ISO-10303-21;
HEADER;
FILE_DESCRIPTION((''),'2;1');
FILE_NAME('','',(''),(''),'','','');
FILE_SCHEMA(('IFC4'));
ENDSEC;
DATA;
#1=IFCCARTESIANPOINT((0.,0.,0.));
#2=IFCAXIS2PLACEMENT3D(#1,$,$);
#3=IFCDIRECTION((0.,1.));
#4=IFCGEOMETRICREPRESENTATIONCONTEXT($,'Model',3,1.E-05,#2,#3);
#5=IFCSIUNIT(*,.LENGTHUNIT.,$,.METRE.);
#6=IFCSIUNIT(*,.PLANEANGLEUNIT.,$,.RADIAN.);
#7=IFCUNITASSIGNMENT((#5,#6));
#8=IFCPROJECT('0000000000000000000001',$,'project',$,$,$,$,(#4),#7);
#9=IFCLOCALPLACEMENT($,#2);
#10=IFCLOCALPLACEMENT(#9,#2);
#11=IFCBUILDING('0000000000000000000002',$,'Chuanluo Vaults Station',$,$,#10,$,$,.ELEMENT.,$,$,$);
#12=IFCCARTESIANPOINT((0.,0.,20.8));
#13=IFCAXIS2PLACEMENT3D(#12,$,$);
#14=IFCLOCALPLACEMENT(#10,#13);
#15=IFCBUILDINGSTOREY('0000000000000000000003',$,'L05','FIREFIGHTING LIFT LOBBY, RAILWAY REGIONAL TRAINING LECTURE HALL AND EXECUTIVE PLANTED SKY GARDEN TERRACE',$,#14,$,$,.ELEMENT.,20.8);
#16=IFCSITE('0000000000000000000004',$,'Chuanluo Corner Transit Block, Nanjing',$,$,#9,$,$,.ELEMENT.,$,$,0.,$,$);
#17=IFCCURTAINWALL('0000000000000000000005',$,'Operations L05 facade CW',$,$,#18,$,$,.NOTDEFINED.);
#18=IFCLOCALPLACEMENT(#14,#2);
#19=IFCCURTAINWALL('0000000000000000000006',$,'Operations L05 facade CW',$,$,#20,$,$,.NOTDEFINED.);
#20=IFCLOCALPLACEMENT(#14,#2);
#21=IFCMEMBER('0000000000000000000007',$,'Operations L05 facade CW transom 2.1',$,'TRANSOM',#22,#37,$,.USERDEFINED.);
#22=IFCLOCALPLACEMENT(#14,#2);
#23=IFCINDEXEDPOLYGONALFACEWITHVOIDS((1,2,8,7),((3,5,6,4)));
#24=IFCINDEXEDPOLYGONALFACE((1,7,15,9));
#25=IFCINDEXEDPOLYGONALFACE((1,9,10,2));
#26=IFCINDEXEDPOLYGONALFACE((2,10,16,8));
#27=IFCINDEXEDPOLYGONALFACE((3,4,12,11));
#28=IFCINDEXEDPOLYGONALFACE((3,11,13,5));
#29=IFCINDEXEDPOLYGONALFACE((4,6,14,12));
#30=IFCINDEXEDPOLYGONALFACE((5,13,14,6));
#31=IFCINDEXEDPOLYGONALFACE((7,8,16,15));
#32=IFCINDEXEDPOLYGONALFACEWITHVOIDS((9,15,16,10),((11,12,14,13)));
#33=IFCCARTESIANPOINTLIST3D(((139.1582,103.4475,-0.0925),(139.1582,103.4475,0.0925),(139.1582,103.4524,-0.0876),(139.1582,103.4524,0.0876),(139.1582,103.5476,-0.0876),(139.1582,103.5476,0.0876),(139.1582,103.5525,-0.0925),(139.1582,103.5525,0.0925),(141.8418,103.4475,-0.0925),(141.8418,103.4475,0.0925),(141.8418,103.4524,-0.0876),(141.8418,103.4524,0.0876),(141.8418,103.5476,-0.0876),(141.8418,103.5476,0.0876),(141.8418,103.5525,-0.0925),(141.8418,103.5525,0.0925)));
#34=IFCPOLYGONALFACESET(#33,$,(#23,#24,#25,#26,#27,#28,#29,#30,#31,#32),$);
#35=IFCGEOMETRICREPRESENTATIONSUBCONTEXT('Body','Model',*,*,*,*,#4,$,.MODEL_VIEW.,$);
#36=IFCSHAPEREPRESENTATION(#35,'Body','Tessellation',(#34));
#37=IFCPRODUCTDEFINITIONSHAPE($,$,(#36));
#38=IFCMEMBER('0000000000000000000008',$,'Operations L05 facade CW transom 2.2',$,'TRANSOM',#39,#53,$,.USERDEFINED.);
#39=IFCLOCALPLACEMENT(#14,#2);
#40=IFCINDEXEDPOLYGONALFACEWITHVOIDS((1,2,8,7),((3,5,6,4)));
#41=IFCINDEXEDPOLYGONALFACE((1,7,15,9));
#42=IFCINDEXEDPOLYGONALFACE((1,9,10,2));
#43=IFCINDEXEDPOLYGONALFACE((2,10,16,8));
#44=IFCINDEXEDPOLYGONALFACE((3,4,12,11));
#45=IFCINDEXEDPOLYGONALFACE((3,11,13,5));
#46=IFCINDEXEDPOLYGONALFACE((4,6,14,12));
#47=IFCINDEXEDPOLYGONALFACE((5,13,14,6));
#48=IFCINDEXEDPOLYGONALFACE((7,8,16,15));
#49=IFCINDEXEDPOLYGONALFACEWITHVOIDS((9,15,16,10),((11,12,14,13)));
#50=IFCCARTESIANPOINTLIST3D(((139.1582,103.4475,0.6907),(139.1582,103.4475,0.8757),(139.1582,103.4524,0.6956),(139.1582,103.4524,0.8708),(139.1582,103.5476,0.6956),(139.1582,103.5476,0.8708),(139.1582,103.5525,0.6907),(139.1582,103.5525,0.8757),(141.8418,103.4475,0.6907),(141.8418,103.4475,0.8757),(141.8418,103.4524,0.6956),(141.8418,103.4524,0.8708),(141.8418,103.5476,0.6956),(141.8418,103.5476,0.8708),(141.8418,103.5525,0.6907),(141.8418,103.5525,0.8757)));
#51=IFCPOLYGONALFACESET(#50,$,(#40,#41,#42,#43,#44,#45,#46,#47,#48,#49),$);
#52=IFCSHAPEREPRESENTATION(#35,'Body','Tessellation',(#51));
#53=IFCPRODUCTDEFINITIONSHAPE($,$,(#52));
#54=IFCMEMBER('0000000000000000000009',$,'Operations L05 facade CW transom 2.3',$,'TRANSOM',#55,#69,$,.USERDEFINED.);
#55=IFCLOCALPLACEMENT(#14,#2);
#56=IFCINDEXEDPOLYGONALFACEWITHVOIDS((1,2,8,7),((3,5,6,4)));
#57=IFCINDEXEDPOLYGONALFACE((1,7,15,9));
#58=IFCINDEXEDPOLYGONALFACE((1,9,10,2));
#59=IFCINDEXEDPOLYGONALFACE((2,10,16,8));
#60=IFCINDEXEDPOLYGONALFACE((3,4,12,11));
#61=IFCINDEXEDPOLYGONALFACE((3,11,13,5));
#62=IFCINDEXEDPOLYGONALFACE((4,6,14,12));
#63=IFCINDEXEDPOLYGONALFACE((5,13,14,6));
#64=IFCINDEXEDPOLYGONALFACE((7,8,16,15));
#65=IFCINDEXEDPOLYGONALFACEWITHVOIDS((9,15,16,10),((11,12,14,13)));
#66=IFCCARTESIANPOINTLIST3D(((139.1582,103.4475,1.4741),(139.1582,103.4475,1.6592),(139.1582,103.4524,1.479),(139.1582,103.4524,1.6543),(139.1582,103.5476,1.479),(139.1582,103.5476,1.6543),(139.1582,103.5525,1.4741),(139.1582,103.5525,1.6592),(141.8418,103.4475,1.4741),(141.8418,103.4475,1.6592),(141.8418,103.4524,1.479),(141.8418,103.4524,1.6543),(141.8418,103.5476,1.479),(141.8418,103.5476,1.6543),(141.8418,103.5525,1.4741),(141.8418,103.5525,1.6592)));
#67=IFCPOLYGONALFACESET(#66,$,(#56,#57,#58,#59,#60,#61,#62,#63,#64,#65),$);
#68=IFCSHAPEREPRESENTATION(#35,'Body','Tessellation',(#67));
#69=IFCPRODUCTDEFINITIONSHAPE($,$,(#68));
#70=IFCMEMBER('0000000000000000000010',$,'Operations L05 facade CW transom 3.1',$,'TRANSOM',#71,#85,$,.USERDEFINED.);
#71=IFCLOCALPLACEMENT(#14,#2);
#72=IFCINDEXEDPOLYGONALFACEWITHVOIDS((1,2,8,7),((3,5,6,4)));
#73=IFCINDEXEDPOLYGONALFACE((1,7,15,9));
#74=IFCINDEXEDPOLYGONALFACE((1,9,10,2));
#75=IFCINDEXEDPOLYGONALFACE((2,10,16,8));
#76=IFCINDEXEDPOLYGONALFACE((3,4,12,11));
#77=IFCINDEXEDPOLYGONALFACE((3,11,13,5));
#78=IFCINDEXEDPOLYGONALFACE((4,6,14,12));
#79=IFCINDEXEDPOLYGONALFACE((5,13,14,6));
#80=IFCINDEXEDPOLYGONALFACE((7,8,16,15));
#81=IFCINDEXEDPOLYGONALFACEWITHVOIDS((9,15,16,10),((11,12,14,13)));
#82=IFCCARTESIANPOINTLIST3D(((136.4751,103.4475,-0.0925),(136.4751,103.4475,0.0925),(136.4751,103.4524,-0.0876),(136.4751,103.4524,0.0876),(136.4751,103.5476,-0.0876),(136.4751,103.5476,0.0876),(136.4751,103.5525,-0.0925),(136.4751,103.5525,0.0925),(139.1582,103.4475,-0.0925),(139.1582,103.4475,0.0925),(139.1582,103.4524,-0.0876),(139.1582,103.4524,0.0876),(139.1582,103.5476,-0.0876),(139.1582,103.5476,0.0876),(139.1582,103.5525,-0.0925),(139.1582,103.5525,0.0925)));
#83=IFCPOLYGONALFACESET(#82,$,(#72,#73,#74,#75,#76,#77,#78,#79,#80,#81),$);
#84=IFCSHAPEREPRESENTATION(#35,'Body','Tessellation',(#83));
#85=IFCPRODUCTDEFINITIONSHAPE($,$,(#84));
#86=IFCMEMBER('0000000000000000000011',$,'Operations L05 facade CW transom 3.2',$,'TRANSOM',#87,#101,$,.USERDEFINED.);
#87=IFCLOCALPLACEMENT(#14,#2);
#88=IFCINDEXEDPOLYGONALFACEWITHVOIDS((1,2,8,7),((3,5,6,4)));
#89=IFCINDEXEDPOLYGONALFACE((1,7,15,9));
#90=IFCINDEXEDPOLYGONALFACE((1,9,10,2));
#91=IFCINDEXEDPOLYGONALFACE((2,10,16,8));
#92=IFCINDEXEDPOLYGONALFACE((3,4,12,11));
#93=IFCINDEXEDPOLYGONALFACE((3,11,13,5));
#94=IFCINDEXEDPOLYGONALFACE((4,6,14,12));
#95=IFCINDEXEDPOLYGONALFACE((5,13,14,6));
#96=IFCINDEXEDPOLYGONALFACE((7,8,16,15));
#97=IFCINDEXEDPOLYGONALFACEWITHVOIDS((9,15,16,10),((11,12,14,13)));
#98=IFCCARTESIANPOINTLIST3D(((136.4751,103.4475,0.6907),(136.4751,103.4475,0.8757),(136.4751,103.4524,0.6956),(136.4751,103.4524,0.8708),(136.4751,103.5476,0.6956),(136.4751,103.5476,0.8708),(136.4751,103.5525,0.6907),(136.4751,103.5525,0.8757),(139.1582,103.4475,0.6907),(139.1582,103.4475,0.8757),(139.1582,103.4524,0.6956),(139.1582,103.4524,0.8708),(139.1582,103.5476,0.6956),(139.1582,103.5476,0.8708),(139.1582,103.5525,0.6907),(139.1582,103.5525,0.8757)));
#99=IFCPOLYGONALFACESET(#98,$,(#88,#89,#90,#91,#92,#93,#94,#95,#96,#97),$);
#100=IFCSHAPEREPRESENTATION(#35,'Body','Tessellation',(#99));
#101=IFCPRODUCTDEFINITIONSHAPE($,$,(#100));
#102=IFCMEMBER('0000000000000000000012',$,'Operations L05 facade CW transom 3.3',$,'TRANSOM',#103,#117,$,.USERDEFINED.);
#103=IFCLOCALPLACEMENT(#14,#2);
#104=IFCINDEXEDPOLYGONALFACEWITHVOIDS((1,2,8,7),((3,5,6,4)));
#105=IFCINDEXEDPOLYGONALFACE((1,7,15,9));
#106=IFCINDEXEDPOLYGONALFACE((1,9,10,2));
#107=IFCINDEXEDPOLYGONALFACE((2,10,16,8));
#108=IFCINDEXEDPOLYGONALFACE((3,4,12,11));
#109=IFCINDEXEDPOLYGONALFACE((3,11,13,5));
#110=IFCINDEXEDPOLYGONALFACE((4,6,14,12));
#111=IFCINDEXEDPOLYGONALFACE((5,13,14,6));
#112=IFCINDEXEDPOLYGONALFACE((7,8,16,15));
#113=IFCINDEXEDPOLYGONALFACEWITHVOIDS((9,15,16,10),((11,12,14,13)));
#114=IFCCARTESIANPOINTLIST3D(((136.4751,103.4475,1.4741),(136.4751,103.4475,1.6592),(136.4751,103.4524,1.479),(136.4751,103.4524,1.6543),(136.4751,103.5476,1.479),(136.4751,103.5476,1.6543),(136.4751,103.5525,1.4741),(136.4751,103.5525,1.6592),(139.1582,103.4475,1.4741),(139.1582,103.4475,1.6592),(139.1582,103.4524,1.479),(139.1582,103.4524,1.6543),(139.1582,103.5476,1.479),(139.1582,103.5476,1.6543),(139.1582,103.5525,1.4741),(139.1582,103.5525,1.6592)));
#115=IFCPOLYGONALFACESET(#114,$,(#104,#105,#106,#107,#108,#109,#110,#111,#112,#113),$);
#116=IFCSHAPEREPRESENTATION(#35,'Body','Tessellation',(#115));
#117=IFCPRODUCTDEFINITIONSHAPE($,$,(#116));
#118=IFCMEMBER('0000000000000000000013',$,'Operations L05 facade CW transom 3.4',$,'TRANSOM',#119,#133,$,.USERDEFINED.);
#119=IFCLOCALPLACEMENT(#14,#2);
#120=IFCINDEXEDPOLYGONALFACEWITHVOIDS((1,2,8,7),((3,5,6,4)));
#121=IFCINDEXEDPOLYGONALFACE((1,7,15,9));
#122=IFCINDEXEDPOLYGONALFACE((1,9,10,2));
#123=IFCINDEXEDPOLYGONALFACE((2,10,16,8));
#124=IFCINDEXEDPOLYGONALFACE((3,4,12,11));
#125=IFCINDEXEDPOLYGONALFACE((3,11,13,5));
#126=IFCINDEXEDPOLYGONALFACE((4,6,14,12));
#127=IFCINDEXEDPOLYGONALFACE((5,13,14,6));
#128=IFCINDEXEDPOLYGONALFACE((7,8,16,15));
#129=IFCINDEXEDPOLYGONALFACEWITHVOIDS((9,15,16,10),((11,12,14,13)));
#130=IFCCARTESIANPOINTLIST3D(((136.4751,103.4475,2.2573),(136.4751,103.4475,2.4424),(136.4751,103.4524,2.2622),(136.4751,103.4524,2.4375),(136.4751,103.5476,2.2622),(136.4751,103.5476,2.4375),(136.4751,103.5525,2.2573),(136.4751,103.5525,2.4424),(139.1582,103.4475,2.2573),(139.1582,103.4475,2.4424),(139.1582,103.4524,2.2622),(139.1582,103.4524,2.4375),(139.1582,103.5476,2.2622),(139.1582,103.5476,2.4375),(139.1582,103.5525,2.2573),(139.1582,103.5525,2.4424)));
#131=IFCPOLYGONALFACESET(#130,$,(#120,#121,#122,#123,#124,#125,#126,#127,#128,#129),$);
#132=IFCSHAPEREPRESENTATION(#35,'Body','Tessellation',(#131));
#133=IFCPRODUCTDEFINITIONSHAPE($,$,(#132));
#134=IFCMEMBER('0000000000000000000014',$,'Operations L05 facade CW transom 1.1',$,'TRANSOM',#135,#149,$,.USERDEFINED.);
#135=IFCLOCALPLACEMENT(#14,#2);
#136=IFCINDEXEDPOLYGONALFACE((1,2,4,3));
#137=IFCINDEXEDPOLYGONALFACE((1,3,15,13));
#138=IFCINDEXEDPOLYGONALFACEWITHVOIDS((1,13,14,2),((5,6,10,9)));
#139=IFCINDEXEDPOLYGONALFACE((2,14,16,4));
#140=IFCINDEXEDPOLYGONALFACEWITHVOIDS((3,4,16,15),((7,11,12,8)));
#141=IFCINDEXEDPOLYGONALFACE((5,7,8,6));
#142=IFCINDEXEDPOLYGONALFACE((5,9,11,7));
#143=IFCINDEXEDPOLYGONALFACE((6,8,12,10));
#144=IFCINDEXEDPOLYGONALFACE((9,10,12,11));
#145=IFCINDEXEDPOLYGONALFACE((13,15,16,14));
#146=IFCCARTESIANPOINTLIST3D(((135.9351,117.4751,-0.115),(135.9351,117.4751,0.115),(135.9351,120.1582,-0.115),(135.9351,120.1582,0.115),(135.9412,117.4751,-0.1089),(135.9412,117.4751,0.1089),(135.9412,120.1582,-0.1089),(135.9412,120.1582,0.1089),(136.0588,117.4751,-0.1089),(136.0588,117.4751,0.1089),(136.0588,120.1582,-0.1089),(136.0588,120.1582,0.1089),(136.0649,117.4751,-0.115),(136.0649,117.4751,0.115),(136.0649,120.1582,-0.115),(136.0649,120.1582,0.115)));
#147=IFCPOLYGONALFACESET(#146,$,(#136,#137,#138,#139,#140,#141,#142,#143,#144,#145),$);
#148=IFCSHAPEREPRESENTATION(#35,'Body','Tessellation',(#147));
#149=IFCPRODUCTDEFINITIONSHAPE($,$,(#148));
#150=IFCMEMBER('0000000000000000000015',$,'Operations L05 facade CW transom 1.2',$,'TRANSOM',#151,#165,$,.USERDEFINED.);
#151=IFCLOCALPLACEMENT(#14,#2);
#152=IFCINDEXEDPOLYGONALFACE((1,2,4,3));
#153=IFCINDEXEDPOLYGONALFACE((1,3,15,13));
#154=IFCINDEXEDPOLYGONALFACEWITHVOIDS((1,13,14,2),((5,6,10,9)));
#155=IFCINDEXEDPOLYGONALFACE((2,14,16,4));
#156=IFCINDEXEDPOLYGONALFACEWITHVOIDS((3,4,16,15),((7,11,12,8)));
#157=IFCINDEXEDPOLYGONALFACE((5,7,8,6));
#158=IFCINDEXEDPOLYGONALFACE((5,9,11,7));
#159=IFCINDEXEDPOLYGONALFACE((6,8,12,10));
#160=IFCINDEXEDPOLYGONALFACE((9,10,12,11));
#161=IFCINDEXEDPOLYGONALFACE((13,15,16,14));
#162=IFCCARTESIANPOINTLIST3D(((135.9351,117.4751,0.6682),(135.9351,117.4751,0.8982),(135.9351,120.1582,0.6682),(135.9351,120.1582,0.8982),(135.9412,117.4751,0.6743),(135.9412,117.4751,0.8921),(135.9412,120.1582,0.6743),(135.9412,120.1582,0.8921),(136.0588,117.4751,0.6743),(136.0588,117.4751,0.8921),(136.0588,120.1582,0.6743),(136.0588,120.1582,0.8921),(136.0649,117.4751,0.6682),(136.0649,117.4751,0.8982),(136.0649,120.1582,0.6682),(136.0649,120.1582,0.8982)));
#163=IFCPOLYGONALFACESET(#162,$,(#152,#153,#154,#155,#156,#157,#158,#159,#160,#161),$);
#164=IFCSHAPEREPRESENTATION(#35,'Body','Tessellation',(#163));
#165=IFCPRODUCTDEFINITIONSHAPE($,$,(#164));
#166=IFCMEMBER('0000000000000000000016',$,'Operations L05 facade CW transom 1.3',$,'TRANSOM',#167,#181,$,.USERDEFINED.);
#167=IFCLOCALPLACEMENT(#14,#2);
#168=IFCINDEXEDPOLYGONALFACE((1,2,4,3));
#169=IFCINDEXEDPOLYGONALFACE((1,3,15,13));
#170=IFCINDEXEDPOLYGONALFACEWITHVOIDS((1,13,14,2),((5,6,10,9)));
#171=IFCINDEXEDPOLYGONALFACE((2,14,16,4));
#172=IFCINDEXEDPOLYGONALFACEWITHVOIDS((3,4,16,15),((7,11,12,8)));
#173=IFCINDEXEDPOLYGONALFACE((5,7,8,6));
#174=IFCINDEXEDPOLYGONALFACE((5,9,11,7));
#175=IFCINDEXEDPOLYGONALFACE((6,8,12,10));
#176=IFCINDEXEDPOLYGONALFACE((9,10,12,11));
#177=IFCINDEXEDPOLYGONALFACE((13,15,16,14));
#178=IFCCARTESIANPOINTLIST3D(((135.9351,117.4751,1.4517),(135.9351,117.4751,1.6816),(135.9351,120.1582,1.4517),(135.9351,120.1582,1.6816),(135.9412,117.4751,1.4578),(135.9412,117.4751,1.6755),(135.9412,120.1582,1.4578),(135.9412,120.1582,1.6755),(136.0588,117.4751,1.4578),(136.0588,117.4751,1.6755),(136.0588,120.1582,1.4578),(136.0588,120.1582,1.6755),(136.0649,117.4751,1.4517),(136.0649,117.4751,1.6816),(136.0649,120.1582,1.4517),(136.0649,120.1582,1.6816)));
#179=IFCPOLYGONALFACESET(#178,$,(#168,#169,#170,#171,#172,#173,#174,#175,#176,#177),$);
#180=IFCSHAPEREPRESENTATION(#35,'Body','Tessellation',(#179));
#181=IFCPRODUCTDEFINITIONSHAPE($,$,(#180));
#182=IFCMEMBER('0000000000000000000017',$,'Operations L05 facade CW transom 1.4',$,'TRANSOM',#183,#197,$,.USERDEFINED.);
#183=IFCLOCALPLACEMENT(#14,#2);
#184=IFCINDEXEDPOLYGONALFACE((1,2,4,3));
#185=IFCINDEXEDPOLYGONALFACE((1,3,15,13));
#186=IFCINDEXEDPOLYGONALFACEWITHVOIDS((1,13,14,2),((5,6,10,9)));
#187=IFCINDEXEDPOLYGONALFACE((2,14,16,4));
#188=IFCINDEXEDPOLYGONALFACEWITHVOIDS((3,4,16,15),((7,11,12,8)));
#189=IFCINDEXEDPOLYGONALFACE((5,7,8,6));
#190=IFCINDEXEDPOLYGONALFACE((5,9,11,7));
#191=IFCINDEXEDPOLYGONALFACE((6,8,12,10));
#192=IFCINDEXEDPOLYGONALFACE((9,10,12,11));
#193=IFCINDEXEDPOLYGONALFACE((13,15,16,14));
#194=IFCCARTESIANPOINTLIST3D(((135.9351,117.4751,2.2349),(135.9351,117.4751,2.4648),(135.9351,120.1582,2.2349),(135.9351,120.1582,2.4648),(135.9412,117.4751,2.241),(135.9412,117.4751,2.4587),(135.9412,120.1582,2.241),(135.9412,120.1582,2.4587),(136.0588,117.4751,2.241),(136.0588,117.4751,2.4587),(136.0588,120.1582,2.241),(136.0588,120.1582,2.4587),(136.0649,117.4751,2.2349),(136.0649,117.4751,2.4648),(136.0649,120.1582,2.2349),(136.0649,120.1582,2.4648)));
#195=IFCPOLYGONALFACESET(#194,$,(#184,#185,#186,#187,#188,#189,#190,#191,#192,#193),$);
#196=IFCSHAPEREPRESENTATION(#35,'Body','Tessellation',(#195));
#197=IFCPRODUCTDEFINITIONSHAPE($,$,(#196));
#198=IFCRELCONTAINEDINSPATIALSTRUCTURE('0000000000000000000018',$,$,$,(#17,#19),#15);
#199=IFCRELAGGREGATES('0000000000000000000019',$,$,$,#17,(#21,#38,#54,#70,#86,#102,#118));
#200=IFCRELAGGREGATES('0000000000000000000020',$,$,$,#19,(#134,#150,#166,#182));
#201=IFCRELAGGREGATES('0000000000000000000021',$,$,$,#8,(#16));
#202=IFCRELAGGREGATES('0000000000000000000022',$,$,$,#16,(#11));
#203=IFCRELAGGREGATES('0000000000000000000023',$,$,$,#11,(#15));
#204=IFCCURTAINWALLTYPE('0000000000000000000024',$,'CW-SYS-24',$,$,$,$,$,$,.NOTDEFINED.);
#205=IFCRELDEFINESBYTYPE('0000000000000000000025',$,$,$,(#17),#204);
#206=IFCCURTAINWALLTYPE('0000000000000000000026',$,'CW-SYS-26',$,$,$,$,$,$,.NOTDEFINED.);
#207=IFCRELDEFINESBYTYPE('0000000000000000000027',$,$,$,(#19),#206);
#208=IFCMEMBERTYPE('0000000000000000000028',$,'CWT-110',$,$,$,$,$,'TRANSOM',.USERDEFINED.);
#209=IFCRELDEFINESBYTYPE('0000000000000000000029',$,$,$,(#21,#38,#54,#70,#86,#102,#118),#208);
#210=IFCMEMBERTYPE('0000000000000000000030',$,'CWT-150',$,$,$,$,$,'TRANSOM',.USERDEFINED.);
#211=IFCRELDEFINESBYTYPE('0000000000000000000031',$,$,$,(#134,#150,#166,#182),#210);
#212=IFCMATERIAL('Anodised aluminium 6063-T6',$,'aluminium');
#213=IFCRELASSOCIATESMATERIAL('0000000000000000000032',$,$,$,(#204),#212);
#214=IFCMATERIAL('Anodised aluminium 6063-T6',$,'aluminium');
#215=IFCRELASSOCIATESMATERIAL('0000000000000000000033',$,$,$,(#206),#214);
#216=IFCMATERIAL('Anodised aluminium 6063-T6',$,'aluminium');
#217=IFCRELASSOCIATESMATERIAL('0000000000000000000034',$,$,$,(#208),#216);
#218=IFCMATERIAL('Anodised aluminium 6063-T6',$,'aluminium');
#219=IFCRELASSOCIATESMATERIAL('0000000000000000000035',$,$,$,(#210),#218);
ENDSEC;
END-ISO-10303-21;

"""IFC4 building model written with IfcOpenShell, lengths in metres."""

from ifc_helpers import new_model, si_unit, direction, frame, origin, origin_2d, place, context, subcontext, project, spatial, hollow_rectangle, extrude, material, material_profile, profile_set, type_object, element, aggregate, save


model = new_model("IFC4")

# Units and contexts
model_context = context("Model", 3, precision=1e-05, world=origin(), true_north=direction((0.0, 1.0)))
body_context = subcontext(model_context, "Body", "Model", "MODEL_VIEW")
ifc_project = project(units=[si_unit("LENGTHUNIT", "METRE"), si_unit("PLANEANGLEUNIT", "RADIAN")], contexts=[model_context])

# Site, building, storey
site_placement = place(None, origin())
site = spatial("IfcSite", under=ifc_project, at=site_placement, Name="Chuanluo Corner Transit Block, Nanjing", CompositionType="ELEMENT", RefElevation=0.0)
building_placement = place(site_placement, origin())
building = spatial("IfcBuilding", under=site, at=building_placement, Name="Chuanluo Vaults Station", CompositionType="ELEMENT")
storey_placement = place(building_placement, frame((0.0, 0.0, 20.8)))
storey = spatial("IfcBuildingStorey", under=building, at=storey_placement, Name="L05", Description="FIREFIGHTING LIFT LOBBY, RAILWAY REGIONAL TRAINING LECTURE HALL AND EXECUTIVE PLANTED SKY GARDEN TERRACE", CompositionType="ELEMENT", Elevation=20.8)

# Curtain walls
ifc_material_1 = material(Name="Anodised aluminium 6063-T6", Category="aluminium")
curtain_wall_type_1 = type_object("IfcCurtainWallType", Name="CW-SYS-24", PredefinedType="NOTDEFINED", material=ifc_material_1)
curtain_wall_1_placement = place(storey_placement, origin())
curtain_wall_1 = element("IfcCurtainWall", 1, at=curtain_wall_1_placement, inside=storey, type_object=curtain_wall_type_1, Name="Operations L05 facade CW", PredefinedType="NOTDEFINED")
ifc_material_2 = material(Name="Anodised aluminium 6063-T6", Category="aluminium")
curtain_wall_type_2 = type_object("IfcCurtainWallType", Name="CW-SYS-26", PredefinedType="NOTDEFINED", material=ifc_material_2)
curtain_wall_2_placement = place(storey_placement, origin())
curtain_wall_2 = element("IfcCurtainWall", 2, at=curtain_wall_2_placement, inside=storey, type_object=curtain_wall_type_2, Name="Operations L05 facade CW", PredefinedType="NOTDEFINED")

# Members
ifc_material_3 = material(Name="Anodised aluminium 6063-T6", Category="aluminium")
ifc_material_profile_1 = material_profile(ifc_material_3, hollow_rectangle(XDim=0.105, YDim=0.1851, WallThickness=0.0049, at=origin_2d()))
ifc_profile_set_1 = profile_set([ifc_material_profile_1], Name="Anodised aluminium 6063-T6")
member_type_1 = type_object("IfcMemberType", Name="CWT-110", ElementType="TRANSOM", PredefinedType="USERDEFINED", material=ifc_profile_set_1)
member_1_placement = place(storey_placement, frame((141.8418, 103.5, 0.0), z_axis=(-1.0, 0.0, 0.0), x_axis=(0.0, -1.0, 0.0)))
member_1 = element("IfcMember", 3, at=member_1_placement, type_object=member_type_1, Name="Operations L05 facade CW transom 2.1", ObjectType="TRANSOM", PredefinedType="USERDEFINED", context=body_context, shape_type="SweptSolid", body=[
    extrude(hollow_rectangle(XDim=0.105, YDim=0.1851, WallThickness=0.0049, at=origin_2d()), origin(), (0.0, 0.0, 1.0), 2.6836),
])
member_2_placement = place(storey_placement, frame((141.8418, 103.5, 0.7832), z_axis=(-1.0, 0.0, 0.0), x_axis=(0.0, -1.0, 0.0)))
member_2 = element("IfcMember", 4, at=member_2_placement, type_object=member_type_1, Name="Operations L05 facade CW transom 2.2", ObjectType="TRANSOM", PredefinedType="USERDEFINED", context=body_context, shape_type="SweptSolid", body=[
    extrude(hollow_rectangle(XDim=0.105, YDim=0.1851, WallThickness=0.0049, at=origin_2d()), origin(), (0.0, 0.0, 1.0), 2.6836),
])
member_3_placement = place(storey_placement, frame((141.8418, 103.5, 1.5667), z_axis=(-1.0, 0.0, 0.0), x_axis=(0.0, -1.0, 0.0)))
member_3 = element("IfcMember", 5, at=member_3_placement, type_object=member_type_1, Name="Operations L05 facade CW transom 2.3", ObjectType="TRANSOM", PredefinedType="USERDEFINED", context=body_context, shape_type="SweptSolid", body=[
    extrude(hollow_rectangle(XDim=0.105, YDim=0.1851, WallThickness=0.0049, at=origin_2d()), origin(), (0.0, 0.0, 1.0), 2.6836),
])
member_4_placement = place(storey_placement, frame((139.1582, 103.5, 0.0), z_axis=(-1.0, 0.0, 0.0), x_axis=(0.0, -1.0, 0.0)))
member_4 = element("IfcMember", 6, at=member_4_placement, type_object=member_type_1, Name="Operations L05 facade CW transom 3.1", ObjectType="TRANSOM", PredefinedType="USERDEFINED", context=body_context, shape_type="SweptSolid", body=[
    extrude(hollow_rectangle(XDim=0.105, YDim=0.1851, WallThickness=0.0049, at=origin_2d()), origin(), (0.0, 0.0, 1.0), 2.6831),
])
member_5_placement = place(storey_placement, frame((139.1582, 103.5, 0.7832), z_axis=(-1.0, 0.0, 0.0), x_axis=(0.0, -1.0, 0.0)))
member_5 = element("IfcMember", 7, at=member_5_placement, type_object=member_type_1, Name="Operations L05 facade CW transom 3.2", ObjectType="TRANSOM", PredefinedType="USERDEFINED", context=body_context, shape_type="SweptSolid", body=[
    extrude(hollow_rectangle(XDim=0.105, YDim=0.1851, WallThickness=0.0049, at=origin_2d()), origin(), (0.0, 0.0, 1.0), 2.6831),
])
member_6_placement = place(storey_placement, frame((139.1582, 103.5, 1.5667), z_axis=(-1.0, 0.0, 0.0), x_axis=(0.0, -1.0, 0.0)))
member_6 = element("IfcMember", 8, at=member_6_placement, type_object=member_type_1, Name="Operations L05 facade CW transom 3.3", ObjectType="TRANSOM", PredefinedType="USERDEFINED", context=body_context, shape_type="SweptSolid", body=[
    extrude(hollow_rectangle(XDim=0.105, YDim=0.1851, WallThickness=0.0049, at=origin_2d()), origin(), (0.0, 0.0, 1.0), 2.6831),
])
member_7_placement = place(storey_placement, frame((139.1582, 103.5, 2.3499), z_axis=(-1.0, 0.0, 0.0), x_axis=(0.0, -1.0, 0.0)))
member_7 = element("IfcMember", 9, at=member_7_placement, type_object=member_type_1, Name="Operations L05 facade CW transom 3.4", ObjectType="TRANSOM", PredefinedType="USERDEFINED", context=body_context, shape_type="SweptSolid", body=[
    extrude(hollow_rectangle(XDim=0.105, YDim=0.1851, WallThickness=0.0049, at=origin_2d()), origin(), (0.0, 0.0, 1.0), 2.6831),
])
ifc_material_4 = material(Name="Anodised aluminium 6063-T6", Category="aluminium")
ifc_material_profile_2 = material_profile(ifc_material_4, hollow_rectangle(XDim=0.1299, YDim=0.23, WallThickness=0.0061, at=origin_2d()))
ifc_profile_set_2 = profile_set([ifc_material_profile_2], Name="Anodised aluminium 6063-T6")
member_type_2 = type_object("IfcMemberType", Name="CWT-150", ElementType="TRANSOM", PredefinedType="USERDEFINED", material=ifc_profile_set_2)
member_8_placement = place(storey_placement, frame((136.0, 117.4751, 0.0), z_axis=(0.0, 1.0, 0.0), x_axis=(-1.0, 0.0, 0.0)))
member_8 = element("IfcMember", 10, at=member_8_placement, type_object=member_type_2, Name="Operations L05 facade CW transom 1.1", ObjectType="TRANSOM", PredefinedType="USERDEFINED", context=body_context, shape_type="SweptSolid", body=[
    extrude(hollow_rectangle(XDim=0.1299, YDim=0.23, WallThickness=0.0061, at=origin_2d()), origin(), (0.0, 0.0, 1.0), 2.6831),
])
member_9_placement = place(storey_placement, frame((136.0, 117.4751, 0.7832), z_axis=(0.0, 1.0, 0.0), x_axis=(-1.0, 0.0, 0.0)))
member_9 = element("IfcMember", 11, at=member_9_placement, type_object=member_type_2, Name="Operations L05 facade CW transom 1.2", ObjectType="TRANSOM", PredefinedType="USERDEFINED", context=body_context, shape_type="SweptSolid", body=[
    extrude(hollow_rectangle(XDim=0.1299, YDim=0.23, WallThickness=0.0061, at=origin_2d()), origin(), (0.0, 0.0, 1.0), 2.6831),
])
member_10_placement = place(storey_placement, frame((136.0, 117.4751, 1.5667), z_axis=(0.0, 1.0, 0.0), x_axis=(-1.0, 0.0, 0.0)))
member_10 = element("IfcMember", 12, at=member_10_placement, type_object=member_type_2, Name="Operations L05 facade CW transom 1.3", ObjectType="TRANSOM", PredefinedType="USERDEFINED", context=body_context, shape_type="SweptSolid", body=[
    extrude(hollow_rectangle(XDim=0.1299, YDim=0.23, WallThickness=0.0061, at=origin_2d()), origin(), (0.0, 0.0, 1.0), 2.6831),
])
member_11_placement = place(storey_placement, frame((136.0, 117.4751, 2.3499), z_axis=(0.0, 1.0, 0.0), x_axis=(-1.0, 0.0, 0.0)))
member_11 = element("IfcMember", 13, at=member_11_placement, type_object=member_type_2, Name="Operations L05 facade CW transom 1.4", ObjectType="TRANSOM", PredefinedType="USERDEFINED", context=body_context, shape_type="SweptSolid", body=[
    extrude(hollow_rectangle(XDim=0.1299, YDim=0.23, WallThickness=0.0061, at=origin_2d()), origin(), (0.0, 0.0, 1.0), 2.6831),
])

aggregate(curtain_wall_1, [member_1, member_2, member_3, member_4, member_5, member_6, member_7])
aggregate(curtain_wall_2, [member_8, member_9, member_10, member_11])

save(model, "model.ifc")
